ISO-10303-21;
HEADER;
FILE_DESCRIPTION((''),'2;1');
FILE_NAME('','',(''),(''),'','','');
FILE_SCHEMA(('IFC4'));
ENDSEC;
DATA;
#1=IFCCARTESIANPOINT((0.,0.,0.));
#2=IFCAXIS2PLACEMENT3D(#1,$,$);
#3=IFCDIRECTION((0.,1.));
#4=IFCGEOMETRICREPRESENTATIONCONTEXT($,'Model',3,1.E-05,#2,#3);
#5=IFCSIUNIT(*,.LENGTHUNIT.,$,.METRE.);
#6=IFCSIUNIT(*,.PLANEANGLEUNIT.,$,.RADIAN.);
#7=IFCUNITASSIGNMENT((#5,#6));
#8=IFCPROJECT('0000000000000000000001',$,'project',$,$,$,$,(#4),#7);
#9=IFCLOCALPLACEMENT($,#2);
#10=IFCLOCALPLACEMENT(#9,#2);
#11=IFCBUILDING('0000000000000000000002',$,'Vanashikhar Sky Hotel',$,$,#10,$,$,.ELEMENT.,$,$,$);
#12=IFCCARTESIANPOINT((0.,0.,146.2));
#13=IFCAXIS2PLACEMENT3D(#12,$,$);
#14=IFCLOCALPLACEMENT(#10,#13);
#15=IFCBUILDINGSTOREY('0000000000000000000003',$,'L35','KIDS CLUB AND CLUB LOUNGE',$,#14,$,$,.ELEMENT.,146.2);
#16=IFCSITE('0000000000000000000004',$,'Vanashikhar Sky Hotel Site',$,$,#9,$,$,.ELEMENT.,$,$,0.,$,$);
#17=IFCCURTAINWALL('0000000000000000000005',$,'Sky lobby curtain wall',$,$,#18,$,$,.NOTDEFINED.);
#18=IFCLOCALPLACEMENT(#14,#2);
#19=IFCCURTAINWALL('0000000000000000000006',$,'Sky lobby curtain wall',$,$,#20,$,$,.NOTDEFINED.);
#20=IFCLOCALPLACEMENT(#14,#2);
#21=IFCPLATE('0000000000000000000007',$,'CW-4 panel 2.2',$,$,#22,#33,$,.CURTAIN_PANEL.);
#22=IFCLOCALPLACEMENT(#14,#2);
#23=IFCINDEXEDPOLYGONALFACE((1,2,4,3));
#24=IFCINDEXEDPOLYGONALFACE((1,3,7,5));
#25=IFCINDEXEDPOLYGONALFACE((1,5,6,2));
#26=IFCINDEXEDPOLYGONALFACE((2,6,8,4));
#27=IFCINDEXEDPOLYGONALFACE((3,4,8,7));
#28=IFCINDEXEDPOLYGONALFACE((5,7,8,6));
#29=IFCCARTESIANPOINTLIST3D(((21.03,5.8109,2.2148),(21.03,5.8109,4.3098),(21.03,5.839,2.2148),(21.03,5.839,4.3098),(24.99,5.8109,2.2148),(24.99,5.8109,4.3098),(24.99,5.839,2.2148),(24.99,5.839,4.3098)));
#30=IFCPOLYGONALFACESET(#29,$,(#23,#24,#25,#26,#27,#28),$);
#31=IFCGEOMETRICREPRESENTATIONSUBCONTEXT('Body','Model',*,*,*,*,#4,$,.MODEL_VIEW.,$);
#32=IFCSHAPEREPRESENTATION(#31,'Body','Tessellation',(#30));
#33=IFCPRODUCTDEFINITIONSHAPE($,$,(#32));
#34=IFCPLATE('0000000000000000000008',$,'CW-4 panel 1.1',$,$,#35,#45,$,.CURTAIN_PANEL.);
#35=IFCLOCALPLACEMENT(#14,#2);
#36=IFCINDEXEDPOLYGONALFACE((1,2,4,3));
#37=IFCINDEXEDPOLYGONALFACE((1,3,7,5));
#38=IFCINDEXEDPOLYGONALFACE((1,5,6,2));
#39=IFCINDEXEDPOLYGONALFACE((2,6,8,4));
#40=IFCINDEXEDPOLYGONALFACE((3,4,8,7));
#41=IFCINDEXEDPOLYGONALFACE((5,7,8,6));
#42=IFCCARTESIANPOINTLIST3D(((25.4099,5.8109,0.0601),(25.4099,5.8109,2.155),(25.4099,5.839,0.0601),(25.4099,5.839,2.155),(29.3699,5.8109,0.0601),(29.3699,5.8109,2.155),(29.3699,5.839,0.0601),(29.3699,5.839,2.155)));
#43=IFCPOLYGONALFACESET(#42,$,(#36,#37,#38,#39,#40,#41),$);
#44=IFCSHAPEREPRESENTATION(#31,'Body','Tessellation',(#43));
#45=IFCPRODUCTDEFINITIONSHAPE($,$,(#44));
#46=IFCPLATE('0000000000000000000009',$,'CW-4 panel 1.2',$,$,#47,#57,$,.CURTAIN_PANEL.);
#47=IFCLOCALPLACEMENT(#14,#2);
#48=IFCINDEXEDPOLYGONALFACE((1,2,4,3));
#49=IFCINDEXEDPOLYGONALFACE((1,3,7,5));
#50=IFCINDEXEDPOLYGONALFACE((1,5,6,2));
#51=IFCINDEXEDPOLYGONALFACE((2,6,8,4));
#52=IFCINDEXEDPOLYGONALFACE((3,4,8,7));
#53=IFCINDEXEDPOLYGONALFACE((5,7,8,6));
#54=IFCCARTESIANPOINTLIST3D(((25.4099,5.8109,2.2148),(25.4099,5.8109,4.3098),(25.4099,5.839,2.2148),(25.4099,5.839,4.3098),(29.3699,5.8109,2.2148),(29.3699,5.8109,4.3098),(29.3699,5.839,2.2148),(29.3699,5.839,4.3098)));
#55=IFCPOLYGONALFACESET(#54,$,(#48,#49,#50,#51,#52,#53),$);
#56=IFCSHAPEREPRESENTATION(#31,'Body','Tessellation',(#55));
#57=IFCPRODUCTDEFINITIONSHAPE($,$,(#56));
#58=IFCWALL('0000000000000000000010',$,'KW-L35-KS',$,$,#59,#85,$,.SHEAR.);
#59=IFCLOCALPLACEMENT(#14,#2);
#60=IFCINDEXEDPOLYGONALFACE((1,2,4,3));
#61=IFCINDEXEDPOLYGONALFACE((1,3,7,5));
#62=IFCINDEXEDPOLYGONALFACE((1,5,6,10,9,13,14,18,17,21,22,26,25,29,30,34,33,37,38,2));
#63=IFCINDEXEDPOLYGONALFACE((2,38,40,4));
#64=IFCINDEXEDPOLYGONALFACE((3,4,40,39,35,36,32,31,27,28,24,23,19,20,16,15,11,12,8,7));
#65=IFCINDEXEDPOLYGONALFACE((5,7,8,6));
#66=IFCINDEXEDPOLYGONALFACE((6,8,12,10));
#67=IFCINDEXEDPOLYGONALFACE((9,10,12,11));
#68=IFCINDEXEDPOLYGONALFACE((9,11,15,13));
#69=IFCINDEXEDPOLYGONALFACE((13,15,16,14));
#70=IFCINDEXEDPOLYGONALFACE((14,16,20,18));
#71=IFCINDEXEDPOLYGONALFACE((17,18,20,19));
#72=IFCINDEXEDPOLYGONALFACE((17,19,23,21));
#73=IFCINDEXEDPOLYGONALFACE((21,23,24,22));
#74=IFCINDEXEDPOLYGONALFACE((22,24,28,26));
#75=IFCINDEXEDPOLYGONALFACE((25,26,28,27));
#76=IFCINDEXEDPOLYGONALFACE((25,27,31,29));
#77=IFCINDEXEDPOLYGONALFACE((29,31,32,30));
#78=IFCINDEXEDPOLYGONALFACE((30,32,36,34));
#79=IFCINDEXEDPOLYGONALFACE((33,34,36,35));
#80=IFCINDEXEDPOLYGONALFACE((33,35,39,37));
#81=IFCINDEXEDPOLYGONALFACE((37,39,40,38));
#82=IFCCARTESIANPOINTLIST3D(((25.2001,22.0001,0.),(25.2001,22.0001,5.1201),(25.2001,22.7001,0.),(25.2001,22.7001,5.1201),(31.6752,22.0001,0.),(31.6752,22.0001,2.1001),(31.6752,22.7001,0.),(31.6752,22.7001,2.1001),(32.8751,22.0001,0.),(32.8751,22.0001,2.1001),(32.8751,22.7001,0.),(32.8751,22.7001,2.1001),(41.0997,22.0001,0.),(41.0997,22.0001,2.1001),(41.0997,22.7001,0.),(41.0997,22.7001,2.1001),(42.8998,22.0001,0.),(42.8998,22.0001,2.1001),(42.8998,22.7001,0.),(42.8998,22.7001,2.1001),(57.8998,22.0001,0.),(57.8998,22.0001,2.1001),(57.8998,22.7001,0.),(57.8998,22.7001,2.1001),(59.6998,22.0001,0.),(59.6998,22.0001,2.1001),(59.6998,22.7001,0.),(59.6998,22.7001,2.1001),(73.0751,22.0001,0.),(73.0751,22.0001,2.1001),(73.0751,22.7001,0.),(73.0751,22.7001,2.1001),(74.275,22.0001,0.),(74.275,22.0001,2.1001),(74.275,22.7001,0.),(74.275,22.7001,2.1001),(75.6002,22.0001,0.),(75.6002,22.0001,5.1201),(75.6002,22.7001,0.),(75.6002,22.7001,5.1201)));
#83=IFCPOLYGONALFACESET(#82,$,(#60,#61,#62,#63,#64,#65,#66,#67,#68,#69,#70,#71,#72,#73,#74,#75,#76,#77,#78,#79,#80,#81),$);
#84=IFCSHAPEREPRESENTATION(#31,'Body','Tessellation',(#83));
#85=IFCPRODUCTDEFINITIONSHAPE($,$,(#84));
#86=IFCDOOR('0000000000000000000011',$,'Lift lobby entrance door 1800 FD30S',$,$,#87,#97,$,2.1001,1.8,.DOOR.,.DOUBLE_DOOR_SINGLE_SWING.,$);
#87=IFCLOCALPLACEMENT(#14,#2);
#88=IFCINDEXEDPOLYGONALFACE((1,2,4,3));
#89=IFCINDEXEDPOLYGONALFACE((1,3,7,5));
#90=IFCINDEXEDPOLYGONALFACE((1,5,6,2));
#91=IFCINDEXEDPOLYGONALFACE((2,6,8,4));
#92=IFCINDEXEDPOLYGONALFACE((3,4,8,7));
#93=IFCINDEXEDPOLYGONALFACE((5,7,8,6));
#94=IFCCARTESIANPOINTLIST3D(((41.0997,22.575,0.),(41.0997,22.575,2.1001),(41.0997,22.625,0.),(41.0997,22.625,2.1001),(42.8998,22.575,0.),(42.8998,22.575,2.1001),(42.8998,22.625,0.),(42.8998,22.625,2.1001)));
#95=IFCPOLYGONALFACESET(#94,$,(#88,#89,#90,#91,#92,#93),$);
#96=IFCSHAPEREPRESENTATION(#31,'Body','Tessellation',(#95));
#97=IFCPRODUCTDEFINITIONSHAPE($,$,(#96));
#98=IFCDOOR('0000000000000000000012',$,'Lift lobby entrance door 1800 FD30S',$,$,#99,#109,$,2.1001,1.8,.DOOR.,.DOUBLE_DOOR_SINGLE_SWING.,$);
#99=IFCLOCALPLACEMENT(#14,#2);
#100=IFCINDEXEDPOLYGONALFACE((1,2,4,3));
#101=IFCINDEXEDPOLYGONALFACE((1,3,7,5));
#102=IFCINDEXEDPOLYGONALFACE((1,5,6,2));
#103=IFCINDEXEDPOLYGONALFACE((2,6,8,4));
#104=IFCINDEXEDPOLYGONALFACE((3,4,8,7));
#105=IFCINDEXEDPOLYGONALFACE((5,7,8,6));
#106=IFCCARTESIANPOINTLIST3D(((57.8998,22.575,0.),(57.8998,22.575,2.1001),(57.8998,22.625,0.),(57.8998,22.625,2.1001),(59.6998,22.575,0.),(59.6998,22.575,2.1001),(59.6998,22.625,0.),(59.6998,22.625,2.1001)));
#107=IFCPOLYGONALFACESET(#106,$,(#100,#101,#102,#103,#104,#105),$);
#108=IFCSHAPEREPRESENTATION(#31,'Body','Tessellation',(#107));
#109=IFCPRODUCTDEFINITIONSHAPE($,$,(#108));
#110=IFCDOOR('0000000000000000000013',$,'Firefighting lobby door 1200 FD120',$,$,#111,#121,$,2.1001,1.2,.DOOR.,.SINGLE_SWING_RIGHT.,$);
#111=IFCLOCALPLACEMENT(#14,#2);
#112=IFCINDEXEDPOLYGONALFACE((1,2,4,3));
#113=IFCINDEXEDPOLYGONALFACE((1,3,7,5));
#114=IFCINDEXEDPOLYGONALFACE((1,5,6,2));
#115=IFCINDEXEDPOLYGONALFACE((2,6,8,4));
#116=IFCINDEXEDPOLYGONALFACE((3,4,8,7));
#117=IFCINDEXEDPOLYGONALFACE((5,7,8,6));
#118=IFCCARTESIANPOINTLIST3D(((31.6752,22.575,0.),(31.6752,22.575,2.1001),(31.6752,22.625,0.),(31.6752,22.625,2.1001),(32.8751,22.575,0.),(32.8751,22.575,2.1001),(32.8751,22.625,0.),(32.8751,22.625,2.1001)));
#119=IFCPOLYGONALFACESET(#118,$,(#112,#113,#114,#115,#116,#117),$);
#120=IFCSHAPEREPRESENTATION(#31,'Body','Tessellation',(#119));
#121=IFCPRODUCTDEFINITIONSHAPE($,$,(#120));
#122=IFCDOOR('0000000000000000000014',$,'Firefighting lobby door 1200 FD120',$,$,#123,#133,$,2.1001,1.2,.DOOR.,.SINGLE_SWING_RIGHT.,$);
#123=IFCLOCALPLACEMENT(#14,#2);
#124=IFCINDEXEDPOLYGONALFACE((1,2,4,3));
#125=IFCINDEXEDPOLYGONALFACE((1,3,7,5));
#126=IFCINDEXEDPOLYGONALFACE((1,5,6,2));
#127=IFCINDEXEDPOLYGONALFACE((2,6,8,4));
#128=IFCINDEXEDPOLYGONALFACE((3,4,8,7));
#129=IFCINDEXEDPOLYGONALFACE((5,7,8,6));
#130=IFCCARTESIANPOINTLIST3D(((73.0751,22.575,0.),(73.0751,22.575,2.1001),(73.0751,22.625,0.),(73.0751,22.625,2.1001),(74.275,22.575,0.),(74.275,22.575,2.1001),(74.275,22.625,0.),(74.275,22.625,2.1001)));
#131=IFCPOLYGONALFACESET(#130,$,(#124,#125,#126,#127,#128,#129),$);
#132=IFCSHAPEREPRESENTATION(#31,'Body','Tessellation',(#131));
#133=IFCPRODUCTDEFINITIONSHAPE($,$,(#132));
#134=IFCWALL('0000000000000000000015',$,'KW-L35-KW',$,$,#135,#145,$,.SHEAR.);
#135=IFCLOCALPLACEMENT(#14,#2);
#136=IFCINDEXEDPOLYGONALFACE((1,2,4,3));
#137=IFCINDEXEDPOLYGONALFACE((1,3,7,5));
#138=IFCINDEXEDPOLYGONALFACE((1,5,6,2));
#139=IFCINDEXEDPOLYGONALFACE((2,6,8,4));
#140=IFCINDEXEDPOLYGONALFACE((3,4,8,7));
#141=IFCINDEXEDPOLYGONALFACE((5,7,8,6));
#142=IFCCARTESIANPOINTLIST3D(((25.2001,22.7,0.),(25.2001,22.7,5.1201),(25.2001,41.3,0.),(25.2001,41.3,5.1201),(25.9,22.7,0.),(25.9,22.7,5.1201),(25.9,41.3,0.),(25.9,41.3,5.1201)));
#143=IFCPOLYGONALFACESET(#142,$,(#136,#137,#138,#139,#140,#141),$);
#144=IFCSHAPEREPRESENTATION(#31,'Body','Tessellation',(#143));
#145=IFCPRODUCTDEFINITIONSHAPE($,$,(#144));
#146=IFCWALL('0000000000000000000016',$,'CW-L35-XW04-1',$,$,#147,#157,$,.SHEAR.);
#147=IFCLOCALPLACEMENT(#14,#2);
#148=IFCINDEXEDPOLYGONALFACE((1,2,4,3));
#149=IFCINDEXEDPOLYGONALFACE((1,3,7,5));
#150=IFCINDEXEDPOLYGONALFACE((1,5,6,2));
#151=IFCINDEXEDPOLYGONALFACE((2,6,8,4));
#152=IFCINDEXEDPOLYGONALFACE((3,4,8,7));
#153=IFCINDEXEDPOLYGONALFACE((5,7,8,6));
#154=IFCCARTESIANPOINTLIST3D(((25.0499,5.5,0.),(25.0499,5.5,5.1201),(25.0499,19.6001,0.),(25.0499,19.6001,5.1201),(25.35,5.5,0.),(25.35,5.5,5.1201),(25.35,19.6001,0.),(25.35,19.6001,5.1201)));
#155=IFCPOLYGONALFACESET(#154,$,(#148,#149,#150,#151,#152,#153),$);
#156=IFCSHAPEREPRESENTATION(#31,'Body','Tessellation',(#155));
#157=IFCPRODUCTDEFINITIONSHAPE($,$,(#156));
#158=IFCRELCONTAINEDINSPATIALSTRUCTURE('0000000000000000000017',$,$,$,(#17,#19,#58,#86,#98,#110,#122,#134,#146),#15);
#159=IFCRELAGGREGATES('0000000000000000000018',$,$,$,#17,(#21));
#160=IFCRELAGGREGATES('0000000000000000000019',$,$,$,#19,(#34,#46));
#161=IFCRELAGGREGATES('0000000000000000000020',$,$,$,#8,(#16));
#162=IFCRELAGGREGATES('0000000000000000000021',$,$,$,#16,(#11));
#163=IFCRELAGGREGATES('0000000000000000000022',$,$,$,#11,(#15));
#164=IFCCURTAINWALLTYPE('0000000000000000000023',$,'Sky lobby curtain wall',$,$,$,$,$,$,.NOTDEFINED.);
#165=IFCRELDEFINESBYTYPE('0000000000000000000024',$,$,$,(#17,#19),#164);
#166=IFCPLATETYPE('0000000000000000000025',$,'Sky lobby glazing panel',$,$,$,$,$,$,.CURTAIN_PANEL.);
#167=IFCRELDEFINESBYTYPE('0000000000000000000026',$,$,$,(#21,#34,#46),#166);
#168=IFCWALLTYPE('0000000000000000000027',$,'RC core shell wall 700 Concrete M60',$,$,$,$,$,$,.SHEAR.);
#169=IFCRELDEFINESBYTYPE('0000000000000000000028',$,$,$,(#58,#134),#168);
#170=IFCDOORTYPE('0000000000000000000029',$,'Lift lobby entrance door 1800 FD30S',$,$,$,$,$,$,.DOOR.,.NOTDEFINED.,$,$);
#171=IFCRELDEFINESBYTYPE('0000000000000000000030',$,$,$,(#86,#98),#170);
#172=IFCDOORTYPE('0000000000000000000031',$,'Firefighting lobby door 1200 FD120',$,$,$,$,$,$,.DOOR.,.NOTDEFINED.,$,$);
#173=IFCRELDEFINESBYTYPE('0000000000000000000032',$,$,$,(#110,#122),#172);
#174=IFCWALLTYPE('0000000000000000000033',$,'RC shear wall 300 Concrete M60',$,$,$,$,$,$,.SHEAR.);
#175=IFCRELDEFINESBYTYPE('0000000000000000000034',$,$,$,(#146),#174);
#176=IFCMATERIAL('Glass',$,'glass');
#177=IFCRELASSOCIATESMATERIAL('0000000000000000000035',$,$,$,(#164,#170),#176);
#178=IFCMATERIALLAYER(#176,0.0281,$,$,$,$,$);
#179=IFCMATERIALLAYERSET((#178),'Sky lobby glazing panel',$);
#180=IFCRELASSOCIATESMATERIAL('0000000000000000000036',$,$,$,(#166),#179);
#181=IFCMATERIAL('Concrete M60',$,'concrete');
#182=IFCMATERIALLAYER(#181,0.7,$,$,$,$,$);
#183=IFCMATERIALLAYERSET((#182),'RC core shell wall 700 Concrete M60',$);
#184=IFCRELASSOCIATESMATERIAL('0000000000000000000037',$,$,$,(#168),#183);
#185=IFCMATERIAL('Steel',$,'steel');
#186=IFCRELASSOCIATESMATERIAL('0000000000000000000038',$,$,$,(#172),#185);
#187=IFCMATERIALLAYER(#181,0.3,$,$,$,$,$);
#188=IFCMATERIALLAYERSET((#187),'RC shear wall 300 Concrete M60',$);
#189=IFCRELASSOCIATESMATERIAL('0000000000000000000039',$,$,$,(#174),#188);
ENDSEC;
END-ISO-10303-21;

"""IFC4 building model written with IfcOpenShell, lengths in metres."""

from ifc_helpers import new_model, si_unit, direction, frame, frame_2d, origin, origin_2d, place, context, subcontext, project, spatial, rectangle, extrude, source, transform, mapped, material, layer, layer_set, type_object, element, fill, aggregate, save


model = new_model("IFC4")

# Units and contexts
model_context = context("Model", 3, precision=1e-05, world=origin(), true_north=direction((0.0, 1.0)))
body_context = subcontext(model_context, "Body", "Model", "MODEL_VIEW")
ifc_project = project(units=[si_unit("LENGTHUNIT", "METRE"), si_unit("PLANEANGLEUNIT", "RADIAN")], contexts=[model_context])

# Site, building, storey
site_placement = place(None, origin())
site = spatial("IfcSite", under=ifc_project, at=site_placement, Name="Vanashikhar Sky Hotel Site", CompositionType="ELEMENT", RefElevation=0.0)
building_placement = place(site_placement, origin())
building = spatial("IfcBuilding", under=site, at=building_placement, Name="Vanashikhar Sky Hotel", CompositionType="ELEMENT")
storey_placement = place(building_placement, frame((0.0, 0.0, 146.2)))
storey = spatial("IfcBuildingStorey", under=building, at=storey_placement, Name="L35", Description="KIDS CLUB AND CLUB LOUNGE", CompositionType="ELEMENT", Elevation=146.2)

# Curtain wall
ifc_material_1 = material(Name="Glass", Category="glass")
curtain_wall_type = type_object("IfcCurtainWallType", Name="Sky lobby curtain wall", PredefinedType="NOTDEFINED", material=ifc_material_1)
curtain_wall_1_placement = place(storey_placement, origin())
curtain_wall_1 = element("IfcCurtainWall", 1, at=curtain_wall_1_placement, inside=storey, type_object=curtain_wall_type, Name="Sky lobby curtain wall", PredefinedType="NOTDEFINED")

# Curtain wall
curtain_wall_2_placement = place(storey_placement, origin())
curtain_wall_2 = element("IfcCurtainWall", 2, at=curtain_wall_2_placement, inside=storey, type_object=curtain_wall_type, Name="Sky lobby curtain wall", PredefinedType="NOTDEFINED")

# Plates
ifc_layer_1 = layer(ifc_material_1, 0.0281)
ifc_layer_set_1 = layer_set([ifc_layer_1], Name="Sky lobby glazing panel")
plate_type = type_object("IfcPlateType", Name="Sky lobby glazing panel", PredefinedType="CURTAIN_PANEL", material=ifc_layer_set_1)
shared_shape_1 = source(origin(), body_context, "Body", "SweptSolid", [
    extrude(rectangle(XDim=3.96, YDim=0.0281, at=origin_2d()), origin(), (0.0, 0.0, 1.0), 2.095),
])
plate_1_placement = place(storey_placement, frame((23.01, 5.825, 2.2148), z_axis=(0.0, 0.0, 1.0), x_axis=(1.0, 0.0, 0.0)))
plate_1 = element("IfcPlate", 3, at=plate_1_placement, type_object=plate_type, Name="CW-4 panel 2.2", PredefinedType="CURTAIN_PANEL", context=body_context, shape_type="MappedRepresentation", body=[
    mapped(shared_shape_1, transform((0.0, 0.0, 0.0), scale=1.0)),
])
aggregate(curtain_wall_1, [plate_1])
plate_2_placement = place(storey_placement, frame((27.3899, 5.825, 0.0601), z_axis=(0.0, 0.0, 1.0), x_axis=(1.0, 0.0, 0.0)))
plate_2 = element("IfcPlate", 4, at=plate_2_placement, type_object=plate_type, Name="CW-4 panel 1.1", PredefinedType="CURTAIN_PANEL", context=body_context, shape_type="MappedRepresentation", body=[
    mapped(shared_shape_1, transform((0.0, 0.0, 0.0), scale=1.0)),
])
plate_3_placement = place(storey_placement, frame((27.3899, 5.825, 2.2148), z_axis=(0.0, 0.0, 1.0), x_axis=(1.0, 0.0, 0.0)))
plate_3 = element("IfcPlate", 5, at=plate_3_placement, type_object=plate_type, Name="CW-4 panel 1.2", PredefinedType="CURTAIN_PANEL", context=body_context, shape_type="MappedRepresentation", body=[
    mapped(shared_shape_1, transform((0.0, 0.0, 0.0), scale=1.0)),
])
aggregate(curtain_wall_2, [plate_2, plate_3])

# Wall, openings, doors
ifc_material_2 = material(Name="Concrete M60", Category="concrete")
ifc_layer_2 = layer(ifc_material_2, 0.7)
ifc_layer_set_2 = layer_set([ifc_layer_2], Name="RC core shell wall 700 Concrete M60")
wall_type_1 = type_object("IfcWallType", Name="RC core shell wall 700 Concrete M60", PredefinedType="SHEAR", material=ifc_layer_set_2)
shared_shape_2 = source(origin(), body_context, "Body", "SweptSolid", [
    extrude(rectangle(XDim=50.4001, YDim=0.7, at=frame_2d((25.2002, 0.0))), origin(), (0.0, 0.0, 1.0), 5.1201),
])
wall_1_placement = place(storey_placement, frame((25.2, 22.3501, 0.0), z_axis=(0.0, 0.0, 1.0), x_axis=(1.0, 0.0, 0.0)))
wall_1 = element("IfcWall", 6, at=wall_1_placement, inside=storey, type_object=wall_type_1, Name="KW-L35-KS", PredefinedType="SHEAR", context=body_context, shape_type="MappedRepresentation", body=[
    mapped(shared_shape_2, transform((0.0, 0.0, 0.0), scale=1.0)),
])
shared_shape_3 = source(origin(), body_context, "Body", "SweptSolid", [
    extrude(rectangle(XDim=1.8, YDim=2.1001, at=frame_2d((0.8999, 1.05))), frame((0.0, 0.3599, 0.0), z_axis=(0.0, -1.0, 0.0), x_axis=(1.0, 0.0, 0.0)), (0.0, 0.0, 1.0), 0.72),
])
opening_1_placement = place(wall_1_placement, frame((15.8999, 0.0, 0.0)))
opening_1 = element("IfcOpeningElement", 7, at=opening_1_placement, cuts=wall_1, PredefinedType="OPENING", context=body_context, shape_type="MappedRepresentation", body=[
    mapped(shared_shape_3, transform((0.0, 0.0, 0.0), scale=1.0)),
])
opening_2_placement = place(wall_1_placement, frame((32.7, 0.0, 0.0)))
opening_2 = element("IfcOpeningElement", 8, at=opening_2_placement, cuts=wall_1, PredefinedType="OPENING", context=body_context, shape_type="MappedRepresentation", body=[
    mapped(shared_shape_3, transform((0.0, 0.0, 0.0), scale=1.0)),
])
shared_shape_4 = source(origin(), body_context, "Body", "SweptSolid", [
    extrude(rectangle(XDim=1.2, YDim=2.1001, at=frame_2d((0.6001, 1.05))), frame((0.0, 0.3599, 0.0), z_axis=(0.0, -1.0, 0.0), x_axis=(1.0, 0.0, 0.0)), (0.0, 0.0, 1.0), 0.72),
])
opening_3_placement = place(wall_1_placement, frame((6.4751, 0.0, 0.0)))
opening_3 = element("IfcOpeningElement", 9, at=opening_3_placement, cuts=wall_1, PredefinedType="OPENING", context=body_context, shape_type="MappedRepresentation", body=[
    mapped(shared_shape_4, transform((0.0, 0.0, 0.0), scale=1.0)),
])
opening_4_placement = place(wall_1_placement, frame((47.875, 0.0, 0.0)))
opening_4 = element("IfcOpeningElement", 10, at=opening_4_placement, cuts=wall_1, PredefinedType="OPENING", context=body_context, shape_type="MappedRepresentation", body=[
    mapped(shared_shape_4, transform((0.0, 0.0, 0.0), scale=1.0)),
])
door_type_1 = type_object("IfcDoorType", Name="Lift lobby entrance door 1800 FD30S", OperationType="NOTDEFINED", PredefinedType="DOOR", material=ifc_material_1)
shared_shape_5 = source(origin(), body_context, "Body", "SweptSolid", [
    extrude(rectangle(XDim=1.8, YDim=2.1001, at=frame_2d((0.8999, 1.05))), frame((0.0, 0.2749, 0.0), z_axis=(0.0, -1.0, 0.0), x_axis=(1.0, 0.0, 0.0)), (0.0, 0.0, 1.0), 0.05),
])
door_1_placement = place(opening_1_placement, origin())
door_1 = element("IfcDoor", 11, at=door_1_placement, inside=storey, type_object=door_type_1, Name="Lift lobby entrance door 1800 FD30S", OperationType="DOUBLE_DOOR_SINGLE_SWING", OverallHeight=2.1001, OverallWidth=1.8, PredefinedType="DOOR", context=body_context, shape_type="MappedRepresentation", body=[
    mapped(shared_shape_5, transform((0.0, 0.0, 0.0), scale=1.0)),
])
fill(opening_1, door_1)
door_2_placement = place(opening_2_placement, origin())
door_2 = element("IfcDoor", 12, at=door_2_placement, inside=storey, type_object=door_type_1, Name="Lift lobby entrance door 1800 FD30S", OperationType="DOUBLE_DOOR_SINGLE_SWING", OverallHeight=2.1001, OverallWidth=1.8, PredefinedType="DOOR", context=body_context, shape_type="MappedRepresentation", body=[
    mapped(shared_shape_5, transform((0.0, 0.0, 0.0), scale=1.0)),
])
fill(opening_2, door_2)
ifc_material_3 = material(Name="Steel", Category="steel")
door_type_2 = type_object("IfcDoorType", Name="Firefighting lobby door 1200 FD120", OperationType="NOTDEFINED", PredefinedType="DOOR", material=ifc_material_3)
shared_shape_6 = source(origin(), body_context, "Body", "SweptSolid", [
    extrude(rectangle(XDim=1.2, YDim=2.1001, at=frame_2d((0.6001, 1.05))), frame((0.0, 0.2749, 0.0), z_axis=(0.0, -1.0, 0.0), x_axis=(1.0, 0.0, 0.0)), (0.0, 0.0, 1.0), 0.05),
])
door_3_placement = place(opening_3_placement, origin())
door_3 = element("IfcDoor", 13, at=door_3_placement, inside=storey, type_object=door_type_2, Name="Firefighting lobby door 1200 FD120", OperationType="SINGLE_SWING_RIGHT", OverallHeight=2.1001, OverallWidth=1.2, PredefinedType="DOOR", context=body_context, shape_type="MappedRepresentation", body=[
    mapped(shared_shape_6, transform((0.0, 0.0, 0.0), scale=1.0)),
])
fill(opening_3, door_3)
door_4_placement = place(opening_4_placement, origin())
door_4 = element("IfcDoor", 14, at=door_4_placement, inside=storey, type_object=door_type_2, Name="Firefighting lobby door 1200 FD120", OperationType="SINGLE_SWING_RIGHT", OverallHeight=2.1001, OverallWidth=1.2, PredefinedType="DOOR", context=body_context, shape_type="MappedRepresentation", body=[
    mapped(shared_shape_6, transform((0.0, 0.0, 0.0), scale=1.0)),
])
fill(opening_4, door_4)

# Walls
shared_shape_7 = source(origin(), body_context, "Body", "SweptSolid", [
    extrude(rectangle(XDim=18.6001, YDim=0.7, at=frame_2d((9.3, 0.0))), origin(), (0.0, 0.0, 1.0), 5.1201),
])
wall_2_placement = place(storey_placement, frame((25.55, 22.7, 0.0), z_axis=(0.0, 0.0, 1.0), x_axis=(0.0, 1.0, 0.0)))
element("IfcWall", 15, at=wall_2_placement, inside=storey, type_object=wall_type_1, Name="KW-L35-KW", PredefinedType="SHEAR", context=body_context, shape_type="MappedRepresentation", body=[
    mapped(shared_shape_7, transform((0.0, 0.0, 0.0), scale=1.0)),
])
ifc_layer_3 = layer(ifc_material_2, 0.3)
ifc_layer_set_3 = layer_set([ifc_layer_3], Name="RC shear wall 300 Concrete M60")
wall_type_2 = type_object("IfcWallType", Name="RC shear wall 300 Concrete M60", PredefinedType="SHEAR", material=ifc_layer_set_3)
shared_shape_8 = source(origin(), body_context, "Body", "SweptSolid", [
    extrude(rectangle(XDim=14.1001, YDim=0.3, at=frame_2d((7.05, 0.0))), origin(), (0.0, 0.0, 1.0), 5.1201),
])
wall_3_placement = place(storey_placement, frame((25.2, 5.5, 0.0), z_axis=(0.0, 0.0, 1.0), x_axis=(0.0, 1.0, 0.0)))
element("IfcWall", 16, at=wall_3_placement, inside=storey, type_object=wall_type_2, Name="CW-L35-XW04-1", PredefinedType="SHEAR", context=body_context, shape_type="MappedRepresentation", body=[
    mapped(shared_shape_8, transform((0.0, 0.0, 0.0), scale=1.0)),
])

save(model, "model.ifc")
